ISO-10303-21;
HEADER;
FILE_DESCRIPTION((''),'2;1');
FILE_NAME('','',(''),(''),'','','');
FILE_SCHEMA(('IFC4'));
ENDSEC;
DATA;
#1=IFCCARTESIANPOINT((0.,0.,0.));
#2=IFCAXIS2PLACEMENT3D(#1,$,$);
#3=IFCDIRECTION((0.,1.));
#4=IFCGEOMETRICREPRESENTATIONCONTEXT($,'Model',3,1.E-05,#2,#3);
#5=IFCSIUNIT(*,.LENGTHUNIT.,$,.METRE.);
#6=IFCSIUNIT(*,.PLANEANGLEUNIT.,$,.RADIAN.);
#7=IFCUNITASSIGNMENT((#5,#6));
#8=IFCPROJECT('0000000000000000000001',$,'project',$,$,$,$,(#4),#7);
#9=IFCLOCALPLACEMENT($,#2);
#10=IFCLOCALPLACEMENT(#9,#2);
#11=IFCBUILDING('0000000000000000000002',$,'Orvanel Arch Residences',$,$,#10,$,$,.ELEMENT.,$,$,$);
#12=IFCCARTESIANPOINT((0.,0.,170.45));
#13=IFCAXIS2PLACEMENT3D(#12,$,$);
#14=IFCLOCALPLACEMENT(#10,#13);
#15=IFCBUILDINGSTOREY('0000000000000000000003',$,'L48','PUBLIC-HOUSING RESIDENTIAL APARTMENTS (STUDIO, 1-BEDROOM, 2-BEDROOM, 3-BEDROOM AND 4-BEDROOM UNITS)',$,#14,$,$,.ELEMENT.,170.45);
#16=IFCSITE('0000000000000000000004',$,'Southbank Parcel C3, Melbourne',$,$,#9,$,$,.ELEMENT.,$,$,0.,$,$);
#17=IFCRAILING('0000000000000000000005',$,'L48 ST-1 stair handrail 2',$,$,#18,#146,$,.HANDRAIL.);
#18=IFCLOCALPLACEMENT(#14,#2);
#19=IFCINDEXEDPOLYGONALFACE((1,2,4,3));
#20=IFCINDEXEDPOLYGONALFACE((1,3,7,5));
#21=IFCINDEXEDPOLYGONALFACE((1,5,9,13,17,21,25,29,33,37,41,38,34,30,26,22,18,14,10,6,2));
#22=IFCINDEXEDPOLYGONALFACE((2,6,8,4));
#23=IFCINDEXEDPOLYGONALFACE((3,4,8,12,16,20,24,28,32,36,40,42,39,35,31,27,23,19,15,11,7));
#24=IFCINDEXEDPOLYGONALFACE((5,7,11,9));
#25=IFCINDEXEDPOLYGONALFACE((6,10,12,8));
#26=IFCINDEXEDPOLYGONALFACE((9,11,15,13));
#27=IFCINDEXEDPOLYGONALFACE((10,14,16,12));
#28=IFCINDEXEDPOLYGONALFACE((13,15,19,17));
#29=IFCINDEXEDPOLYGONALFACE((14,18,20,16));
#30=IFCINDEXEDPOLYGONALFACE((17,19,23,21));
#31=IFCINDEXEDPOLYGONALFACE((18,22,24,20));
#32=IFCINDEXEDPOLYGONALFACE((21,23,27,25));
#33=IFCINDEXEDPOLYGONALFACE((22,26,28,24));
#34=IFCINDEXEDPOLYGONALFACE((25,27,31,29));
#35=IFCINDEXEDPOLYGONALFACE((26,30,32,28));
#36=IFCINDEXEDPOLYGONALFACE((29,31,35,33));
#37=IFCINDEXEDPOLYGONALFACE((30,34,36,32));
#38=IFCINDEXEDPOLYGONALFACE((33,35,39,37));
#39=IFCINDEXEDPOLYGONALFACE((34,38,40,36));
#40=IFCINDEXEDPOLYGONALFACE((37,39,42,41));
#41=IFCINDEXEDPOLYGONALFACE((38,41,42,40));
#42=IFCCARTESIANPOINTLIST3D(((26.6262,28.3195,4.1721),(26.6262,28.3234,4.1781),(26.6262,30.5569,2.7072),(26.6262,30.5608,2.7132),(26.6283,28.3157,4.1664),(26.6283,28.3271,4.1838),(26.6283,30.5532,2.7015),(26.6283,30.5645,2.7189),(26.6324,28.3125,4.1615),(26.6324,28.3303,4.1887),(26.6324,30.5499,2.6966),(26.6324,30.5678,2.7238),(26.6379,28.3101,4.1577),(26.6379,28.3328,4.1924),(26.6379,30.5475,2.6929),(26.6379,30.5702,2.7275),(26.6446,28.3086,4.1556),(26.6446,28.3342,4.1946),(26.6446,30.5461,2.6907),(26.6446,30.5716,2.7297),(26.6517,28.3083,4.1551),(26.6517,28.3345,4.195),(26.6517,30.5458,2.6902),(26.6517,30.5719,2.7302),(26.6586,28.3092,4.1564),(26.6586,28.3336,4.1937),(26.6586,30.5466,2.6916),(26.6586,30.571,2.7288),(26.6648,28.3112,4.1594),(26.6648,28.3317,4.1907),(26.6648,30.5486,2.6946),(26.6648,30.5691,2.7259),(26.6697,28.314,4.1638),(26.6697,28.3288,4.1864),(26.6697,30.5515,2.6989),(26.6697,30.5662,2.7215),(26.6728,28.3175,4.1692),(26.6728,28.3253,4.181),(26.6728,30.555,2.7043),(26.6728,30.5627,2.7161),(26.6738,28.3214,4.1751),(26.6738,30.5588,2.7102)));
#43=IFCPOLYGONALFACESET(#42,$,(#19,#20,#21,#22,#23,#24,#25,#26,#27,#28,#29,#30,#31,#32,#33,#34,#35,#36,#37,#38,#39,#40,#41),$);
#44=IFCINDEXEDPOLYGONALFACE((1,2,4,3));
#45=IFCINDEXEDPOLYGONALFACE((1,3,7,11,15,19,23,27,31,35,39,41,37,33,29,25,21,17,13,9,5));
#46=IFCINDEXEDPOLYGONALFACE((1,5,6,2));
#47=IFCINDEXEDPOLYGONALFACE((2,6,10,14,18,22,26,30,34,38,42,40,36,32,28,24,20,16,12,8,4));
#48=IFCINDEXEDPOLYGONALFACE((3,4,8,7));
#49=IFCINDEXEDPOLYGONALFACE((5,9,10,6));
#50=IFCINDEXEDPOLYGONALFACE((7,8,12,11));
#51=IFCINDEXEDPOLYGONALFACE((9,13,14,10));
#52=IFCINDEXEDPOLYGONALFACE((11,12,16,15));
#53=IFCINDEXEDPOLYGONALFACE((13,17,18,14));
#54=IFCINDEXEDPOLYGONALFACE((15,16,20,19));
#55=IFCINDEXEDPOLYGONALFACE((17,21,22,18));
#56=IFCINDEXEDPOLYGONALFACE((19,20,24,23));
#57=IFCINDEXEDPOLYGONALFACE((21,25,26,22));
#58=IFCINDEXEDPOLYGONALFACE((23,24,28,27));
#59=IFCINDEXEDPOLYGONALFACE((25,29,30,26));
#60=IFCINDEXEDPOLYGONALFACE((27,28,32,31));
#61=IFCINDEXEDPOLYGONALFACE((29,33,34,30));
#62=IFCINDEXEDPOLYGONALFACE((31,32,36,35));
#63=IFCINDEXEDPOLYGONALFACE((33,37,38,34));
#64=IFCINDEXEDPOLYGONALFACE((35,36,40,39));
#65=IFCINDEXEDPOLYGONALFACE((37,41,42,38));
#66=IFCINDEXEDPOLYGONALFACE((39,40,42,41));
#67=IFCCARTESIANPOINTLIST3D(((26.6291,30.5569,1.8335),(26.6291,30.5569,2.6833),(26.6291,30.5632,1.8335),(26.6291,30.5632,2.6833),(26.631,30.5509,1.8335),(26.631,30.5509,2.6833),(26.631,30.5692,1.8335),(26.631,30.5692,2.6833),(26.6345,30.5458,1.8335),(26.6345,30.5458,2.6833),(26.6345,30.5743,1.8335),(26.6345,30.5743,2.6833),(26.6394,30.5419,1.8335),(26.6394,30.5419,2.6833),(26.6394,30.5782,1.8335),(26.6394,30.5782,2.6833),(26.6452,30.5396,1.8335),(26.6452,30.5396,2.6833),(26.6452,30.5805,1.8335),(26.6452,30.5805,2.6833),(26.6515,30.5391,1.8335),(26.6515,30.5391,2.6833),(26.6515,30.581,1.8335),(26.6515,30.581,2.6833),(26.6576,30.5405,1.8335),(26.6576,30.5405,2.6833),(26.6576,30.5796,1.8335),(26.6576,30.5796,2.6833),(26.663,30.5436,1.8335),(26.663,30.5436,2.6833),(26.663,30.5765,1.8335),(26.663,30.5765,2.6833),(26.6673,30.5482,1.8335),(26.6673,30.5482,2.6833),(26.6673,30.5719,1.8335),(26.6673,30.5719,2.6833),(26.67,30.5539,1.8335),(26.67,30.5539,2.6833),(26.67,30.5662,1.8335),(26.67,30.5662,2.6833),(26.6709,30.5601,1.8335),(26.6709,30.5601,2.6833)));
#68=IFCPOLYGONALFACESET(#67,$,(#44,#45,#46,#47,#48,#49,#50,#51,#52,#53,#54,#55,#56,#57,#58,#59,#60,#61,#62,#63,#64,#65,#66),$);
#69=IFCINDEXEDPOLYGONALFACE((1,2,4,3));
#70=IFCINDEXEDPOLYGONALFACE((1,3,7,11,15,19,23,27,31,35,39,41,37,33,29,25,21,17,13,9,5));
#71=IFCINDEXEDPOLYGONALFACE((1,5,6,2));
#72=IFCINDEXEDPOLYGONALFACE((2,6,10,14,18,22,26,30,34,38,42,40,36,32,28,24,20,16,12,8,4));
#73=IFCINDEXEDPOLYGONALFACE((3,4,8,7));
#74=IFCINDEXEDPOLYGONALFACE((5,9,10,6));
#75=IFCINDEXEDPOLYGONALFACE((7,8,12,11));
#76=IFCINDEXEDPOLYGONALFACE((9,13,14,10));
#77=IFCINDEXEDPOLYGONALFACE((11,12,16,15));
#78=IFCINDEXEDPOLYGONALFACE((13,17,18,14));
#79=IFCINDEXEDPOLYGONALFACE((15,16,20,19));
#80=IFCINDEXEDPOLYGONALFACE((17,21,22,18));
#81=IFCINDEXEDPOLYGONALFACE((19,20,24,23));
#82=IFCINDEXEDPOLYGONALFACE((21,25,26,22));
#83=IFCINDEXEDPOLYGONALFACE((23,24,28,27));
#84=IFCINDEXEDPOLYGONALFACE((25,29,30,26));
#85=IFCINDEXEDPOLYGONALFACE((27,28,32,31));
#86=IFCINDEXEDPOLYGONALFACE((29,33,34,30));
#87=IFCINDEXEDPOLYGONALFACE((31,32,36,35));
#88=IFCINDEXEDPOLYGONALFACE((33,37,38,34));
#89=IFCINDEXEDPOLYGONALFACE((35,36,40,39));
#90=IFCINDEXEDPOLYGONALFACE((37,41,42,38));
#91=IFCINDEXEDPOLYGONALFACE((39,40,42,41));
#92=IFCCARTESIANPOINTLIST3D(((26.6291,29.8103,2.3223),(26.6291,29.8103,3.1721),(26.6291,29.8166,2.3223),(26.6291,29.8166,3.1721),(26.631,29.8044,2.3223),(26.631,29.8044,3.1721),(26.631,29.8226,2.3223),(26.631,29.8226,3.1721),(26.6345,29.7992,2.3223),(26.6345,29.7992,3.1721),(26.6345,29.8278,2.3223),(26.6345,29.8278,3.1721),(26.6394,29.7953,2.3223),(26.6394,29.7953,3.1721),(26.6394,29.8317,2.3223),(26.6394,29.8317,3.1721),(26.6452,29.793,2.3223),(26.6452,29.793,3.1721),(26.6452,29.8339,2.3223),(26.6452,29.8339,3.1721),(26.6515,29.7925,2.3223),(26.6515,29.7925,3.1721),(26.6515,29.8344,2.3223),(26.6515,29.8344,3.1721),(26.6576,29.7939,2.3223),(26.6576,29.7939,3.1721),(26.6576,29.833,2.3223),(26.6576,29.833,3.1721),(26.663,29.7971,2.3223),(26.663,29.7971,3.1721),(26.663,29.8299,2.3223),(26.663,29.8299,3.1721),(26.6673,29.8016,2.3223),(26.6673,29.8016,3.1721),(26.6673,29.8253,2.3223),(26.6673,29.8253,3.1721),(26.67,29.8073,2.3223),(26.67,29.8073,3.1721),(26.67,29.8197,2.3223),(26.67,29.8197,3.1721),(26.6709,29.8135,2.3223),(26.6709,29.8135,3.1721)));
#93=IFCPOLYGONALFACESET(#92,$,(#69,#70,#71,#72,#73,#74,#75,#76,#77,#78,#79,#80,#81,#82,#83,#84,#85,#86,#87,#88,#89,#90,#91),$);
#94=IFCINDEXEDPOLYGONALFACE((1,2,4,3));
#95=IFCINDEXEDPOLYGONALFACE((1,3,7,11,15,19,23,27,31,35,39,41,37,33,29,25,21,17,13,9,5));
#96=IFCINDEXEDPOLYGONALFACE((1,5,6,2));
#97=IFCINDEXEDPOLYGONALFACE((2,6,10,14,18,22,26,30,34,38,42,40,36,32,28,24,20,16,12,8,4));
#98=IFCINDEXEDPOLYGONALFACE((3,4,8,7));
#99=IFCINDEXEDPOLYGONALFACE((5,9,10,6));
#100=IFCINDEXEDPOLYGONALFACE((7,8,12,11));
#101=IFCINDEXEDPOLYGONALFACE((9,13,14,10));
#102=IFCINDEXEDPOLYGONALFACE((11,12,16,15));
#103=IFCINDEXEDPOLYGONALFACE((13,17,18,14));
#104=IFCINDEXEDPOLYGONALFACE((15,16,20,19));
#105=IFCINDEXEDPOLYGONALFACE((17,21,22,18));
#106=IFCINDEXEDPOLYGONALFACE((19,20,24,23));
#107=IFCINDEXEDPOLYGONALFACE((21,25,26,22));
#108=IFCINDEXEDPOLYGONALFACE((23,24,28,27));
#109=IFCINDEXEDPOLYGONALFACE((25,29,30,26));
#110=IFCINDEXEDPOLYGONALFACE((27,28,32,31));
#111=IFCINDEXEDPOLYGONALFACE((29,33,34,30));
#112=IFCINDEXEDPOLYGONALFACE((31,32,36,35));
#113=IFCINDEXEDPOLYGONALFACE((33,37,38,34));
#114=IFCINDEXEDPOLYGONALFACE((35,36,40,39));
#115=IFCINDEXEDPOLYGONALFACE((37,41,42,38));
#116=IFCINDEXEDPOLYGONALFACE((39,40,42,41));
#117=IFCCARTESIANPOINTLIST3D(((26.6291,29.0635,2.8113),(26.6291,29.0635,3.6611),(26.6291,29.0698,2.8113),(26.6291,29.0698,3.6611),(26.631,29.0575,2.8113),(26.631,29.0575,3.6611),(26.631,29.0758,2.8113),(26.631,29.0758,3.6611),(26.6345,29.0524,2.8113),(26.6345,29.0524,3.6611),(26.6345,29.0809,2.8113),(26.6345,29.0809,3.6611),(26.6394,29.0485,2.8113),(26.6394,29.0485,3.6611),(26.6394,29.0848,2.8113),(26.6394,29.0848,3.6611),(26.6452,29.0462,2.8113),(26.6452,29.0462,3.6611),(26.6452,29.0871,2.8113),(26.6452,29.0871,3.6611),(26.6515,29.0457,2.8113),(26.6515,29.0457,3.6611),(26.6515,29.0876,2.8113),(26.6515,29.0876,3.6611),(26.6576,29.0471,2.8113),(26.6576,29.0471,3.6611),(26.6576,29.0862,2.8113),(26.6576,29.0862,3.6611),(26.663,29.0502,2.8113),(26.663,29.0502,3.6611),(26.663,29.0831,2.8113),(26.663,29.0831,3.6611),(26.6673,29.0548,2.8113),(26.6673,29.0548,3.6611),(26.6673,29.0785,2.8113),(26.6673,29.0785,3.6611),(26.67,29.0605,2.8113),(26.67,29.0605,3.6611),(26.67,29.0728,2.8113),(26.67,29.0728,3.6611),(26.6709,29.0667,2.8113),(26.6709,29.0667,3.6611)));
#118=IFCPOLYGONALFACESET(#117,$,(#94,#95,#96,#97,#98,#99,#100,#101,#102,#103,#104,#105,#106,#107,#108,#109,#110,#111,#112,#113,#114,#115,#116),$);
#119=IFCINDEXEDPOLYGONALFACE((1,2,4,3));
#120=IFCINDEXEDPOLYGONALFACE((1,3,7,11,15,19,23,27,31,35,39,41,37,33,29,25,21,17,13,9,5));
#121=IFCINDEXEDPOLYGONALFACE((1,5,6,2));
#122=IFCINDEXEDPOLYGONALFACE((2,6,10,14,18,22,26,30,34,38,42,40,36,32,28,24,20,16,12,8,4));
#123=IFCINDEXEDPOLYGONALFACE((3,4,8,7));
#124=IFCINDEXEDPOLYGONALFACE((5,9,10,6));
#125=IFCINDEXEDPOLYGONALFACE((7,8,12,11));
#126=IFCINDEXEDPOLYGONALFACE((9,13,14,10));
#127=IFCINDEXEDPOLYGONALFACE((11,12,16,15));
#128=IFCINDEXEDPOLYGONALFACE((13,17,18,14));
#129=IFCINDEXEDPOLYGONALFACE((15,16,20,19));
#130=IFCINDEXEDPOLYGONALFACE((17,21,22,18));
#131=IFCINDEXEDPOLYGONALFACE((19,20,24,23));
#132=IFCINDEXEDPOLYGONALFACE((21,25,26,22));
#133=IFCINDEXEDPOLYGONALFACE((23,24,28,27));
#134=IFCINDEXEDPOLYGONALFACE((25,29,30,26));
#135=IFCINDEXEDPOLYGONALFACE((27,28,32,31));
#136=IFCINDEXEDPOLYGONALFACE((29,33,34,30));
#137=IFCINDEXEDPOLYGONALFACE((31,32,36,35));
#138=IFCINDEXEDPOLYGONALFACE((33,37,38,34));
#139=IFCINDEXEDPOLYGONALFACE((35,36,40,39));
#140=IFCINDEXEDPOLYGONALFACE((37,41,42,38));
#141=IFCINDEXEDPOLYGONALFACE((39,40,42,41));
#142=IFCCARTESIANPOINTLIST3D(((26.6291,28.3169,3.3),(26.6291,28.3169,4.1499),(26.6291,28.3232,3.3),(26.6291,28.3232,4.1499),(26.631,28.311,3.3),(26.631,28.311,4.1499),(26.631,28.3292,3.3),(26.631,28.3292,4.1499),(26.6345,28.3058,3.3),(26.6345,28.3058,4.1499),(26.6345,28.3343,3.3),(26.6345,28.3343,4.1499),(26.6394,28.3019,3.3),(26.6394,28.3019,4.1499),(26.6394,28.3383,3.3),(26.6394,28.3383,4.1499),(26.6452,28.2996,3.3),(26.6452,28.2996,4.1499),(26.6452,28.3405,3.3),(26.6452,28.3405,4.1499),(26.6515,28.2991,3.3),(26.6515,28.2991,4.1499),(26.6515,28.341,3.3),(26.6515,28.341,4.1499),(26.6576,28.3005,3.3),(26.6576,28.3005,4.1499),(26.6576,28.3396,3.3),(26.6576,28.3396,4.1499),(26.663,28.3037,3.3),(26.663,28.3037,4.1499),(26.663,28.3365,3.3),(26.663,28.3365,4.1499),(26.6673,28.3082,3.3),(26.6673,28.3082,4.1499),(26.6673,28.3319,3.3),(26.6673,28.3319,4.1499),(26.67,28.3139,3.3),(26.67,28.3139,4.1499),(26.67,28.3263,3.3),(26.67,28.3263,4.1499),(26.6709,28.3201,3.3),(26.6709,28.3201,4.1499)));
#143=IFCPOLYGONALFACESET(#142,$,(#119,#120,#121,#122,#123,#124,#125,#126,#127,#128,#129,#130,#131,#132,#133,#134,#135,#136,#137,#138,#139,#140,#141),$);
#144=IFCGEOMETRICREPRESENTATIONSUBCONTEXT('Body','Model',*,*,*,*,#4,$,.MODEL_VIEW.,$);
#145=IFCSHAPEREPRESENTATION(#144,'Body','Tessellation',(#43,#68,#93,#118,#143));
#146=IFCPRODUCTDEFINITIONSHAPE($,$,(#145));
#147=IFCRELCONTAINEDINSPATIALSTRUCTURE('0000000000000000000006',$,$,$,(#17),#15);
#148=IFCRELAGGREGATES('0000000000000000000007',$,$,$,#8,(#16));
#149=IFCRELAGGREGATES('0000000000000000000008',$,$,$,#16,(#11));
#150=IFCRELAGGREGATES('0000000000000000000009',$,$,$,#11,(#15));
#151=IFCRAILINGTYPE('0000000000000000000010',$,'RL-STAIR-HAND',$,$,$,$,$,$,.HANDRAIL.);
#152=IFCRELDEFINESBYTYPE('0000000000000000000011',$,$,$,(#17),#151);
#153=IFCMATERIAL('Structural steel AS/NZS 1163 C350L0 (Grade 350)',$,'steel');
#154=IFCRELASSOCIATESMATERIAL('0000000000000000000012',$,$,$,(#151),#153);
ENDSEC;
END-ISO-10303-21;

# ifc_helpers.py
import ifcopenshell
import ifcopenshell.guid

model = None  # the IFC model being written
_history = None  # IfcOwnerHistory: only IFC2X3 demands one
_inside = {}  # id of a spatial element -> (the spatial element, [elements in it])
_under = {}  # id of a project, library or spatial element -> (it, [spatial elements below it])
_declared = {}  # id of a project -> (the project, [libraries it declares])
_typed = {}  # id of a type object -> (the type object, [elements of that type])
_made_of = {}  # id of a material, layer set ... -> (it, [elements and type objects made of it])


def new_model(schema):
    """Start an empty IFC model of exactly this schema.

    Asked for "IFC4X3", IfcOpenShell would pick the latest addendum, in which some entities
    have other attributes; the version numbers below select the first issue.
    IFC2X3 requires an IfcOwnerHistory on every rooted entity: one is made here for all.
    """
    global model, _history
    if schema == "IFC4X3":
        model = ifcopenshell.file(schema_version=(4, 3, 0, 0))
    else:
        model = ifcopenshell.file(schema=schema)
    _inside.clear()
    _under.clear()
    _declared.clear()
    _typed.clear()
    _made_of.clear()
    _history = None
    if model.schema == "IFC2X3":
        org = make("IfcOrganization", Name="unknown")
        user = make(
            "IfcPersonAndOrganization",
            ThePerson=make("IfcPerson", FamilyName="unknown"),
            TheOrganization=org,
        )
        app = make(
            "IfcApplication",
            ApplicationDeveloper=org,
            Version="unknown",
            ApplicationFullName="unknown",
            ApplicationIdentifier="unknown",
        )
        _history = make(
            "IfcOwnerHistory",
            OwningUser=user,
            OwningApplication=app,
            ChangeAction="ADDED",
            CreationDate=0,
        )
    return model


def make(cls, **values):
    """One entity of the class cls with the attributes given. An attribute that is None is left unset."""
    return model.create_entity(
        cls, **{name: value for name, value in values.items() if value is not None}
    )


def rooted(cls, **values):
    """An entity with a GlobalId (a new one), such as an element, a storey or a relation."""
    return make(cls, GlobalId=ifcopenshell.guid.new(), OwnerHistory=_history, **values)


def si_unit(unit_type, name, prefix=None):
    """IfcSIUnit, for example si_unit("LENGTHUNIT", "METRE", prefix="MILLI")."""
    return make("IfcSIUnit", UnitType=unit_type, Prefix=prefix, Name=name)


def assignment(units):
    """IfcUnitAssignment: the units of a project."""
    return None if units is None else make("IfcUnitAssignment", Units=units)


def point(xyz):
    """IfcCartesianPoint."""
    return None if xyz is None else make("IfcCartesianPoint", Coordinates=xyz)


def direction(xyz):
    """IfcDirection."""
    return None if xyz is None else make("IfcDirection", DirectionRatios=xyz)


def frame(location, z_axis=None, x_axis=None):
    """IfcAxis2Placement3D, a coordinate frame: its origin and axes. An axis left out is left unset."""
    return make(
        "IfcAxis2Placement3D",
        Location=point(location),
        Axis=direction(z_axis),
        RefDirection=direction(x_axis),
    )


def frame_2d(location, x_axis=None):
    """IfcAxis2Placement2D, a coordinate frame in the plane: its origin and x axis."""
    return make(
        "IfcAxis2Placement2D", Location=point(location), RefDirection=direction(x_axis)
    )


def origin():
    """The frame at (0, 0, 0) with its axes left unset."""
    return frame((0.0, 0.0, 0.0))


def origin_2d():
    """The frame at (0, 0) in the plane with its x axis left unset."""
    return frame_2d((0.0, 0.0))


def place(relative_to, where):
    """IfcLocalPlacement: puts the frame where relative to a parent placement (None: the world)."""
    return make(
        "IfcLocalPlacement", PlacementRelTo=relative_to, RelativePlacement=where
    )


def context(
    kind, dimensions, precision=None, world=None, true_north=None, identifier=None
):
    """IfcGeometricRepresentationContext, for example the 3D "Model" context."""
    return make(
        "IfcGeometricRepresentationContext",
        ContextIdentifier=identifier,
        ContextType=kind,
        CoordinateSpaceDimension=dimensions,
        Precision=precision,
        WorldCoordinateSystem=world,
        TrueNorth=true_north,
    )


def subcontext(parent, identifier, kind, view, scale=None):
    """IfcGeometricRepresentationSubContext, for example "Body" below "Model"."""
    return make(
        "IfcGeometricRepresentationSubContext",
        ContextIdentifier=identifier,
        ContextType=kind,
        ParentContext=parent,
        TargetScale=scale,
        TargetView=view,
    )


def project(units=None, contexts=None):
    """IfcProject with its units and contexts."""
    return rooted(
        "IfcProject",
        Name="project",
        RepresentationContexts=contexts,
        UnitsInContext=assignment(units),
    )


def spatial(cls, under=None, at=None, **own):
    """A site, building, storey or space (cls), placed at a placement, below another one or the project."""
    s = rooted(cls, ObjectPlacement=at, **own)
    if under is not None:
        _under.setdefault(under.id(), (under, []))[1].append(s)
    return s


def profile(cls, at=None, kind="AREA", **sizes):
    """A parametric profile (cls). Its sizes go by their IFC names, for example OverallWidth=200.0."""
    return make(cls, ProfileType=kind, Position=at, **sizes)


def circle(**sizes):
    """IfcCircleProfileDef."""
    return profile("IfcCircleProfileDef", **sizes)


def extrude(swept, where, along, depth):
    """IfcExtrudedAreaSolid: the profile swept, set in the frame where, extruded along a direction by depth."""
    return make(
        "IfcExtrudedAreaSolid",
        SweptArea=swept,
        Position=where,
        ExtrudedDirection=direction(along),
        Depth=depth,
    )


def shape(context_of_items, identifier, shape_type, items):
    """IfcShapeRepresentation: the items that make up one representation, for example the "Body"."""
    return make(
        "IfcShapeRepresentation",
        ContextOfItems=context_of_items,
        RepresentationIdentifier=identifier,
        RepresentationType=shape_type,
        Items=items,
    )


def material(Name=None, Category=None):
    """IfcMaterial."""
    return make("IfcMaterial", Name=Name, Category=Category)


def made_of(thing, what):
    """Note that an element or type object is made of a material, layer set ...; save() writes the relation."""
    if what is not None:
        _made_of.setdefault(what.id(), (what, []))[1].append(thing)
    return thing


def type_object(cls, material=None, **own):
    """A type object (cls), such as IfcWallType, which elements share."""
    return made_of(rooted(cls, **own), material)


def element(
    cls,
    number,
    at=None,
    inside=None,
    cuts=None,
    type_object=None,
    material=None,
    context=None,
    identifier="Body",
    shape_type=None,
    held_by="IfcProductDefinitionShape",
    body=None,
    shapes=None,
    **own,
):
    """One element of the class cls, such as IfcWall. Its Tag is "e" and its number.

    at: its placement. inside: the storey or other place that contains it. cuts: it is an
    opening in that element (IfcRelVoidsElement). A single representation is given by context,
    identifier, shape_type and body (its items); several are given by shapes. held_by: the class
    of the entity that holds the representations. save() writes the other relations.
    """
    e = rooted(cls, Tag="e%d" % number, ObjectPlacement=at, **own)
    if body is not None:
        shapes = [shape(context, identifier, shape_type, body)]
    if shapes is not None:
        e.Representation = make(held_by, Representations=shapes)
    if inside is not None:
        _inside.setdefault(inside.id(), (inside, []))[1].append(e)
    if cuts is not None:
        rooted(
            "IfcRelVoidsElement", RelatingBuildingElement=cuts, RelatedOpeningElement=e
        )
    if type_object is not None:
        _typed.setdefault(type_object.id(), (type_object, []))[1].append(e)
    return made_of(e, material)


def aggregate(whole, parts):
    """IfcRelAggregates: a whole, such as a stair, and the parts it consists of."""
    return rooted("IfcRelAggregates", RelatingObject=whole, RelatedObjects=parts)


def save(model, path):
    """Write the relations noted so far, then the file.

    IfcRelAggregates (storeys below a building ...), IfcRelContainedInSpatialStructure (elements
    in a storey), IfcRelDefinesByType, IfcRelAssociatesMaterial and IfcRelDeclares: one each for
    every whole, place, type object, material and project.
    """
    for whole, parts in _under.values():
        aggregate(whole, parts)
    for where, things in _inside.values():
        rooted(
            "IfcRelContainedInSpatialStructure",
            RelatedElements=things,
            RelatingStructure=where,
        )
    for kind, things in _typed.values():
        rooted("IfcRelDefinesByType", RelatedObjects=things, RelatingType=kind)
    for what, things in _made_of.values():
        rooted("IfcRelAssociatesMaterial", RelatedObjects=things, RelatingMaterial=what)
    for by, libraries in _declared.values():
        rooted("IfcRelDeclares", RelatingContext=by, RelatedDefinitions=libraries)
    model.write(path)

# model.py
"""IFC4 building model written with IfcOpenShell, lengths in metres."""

from ifc_helpers import new_model, si_unit, direction, frame, origin, origin_2d, place, context, subcontext, project, spatial, circle, extrude, material, type_object, element, save


model = new_model("IFC4")

# Units and contexts
model_context = context("Model", 3, precision=1e-05, world=origin(), true_north=direction((0.0, 1.0)))
body_context = subcontext(model_context, "Body", "Model", "MODEL_VIEW")
ifc_project = project(units=[si_unit("LENGTHUNIT", "METRE"), si_unit("PLANEANGLEUNIT", "RADIAN")], contexts=[model_context])

# Site, building, storey
site_placement = place(None, origin())
site = spatial("IfcSite", under=ifc_project, at=site_placement, Name="Southbank Parcel C3, Melbourne", CompositionType="ELEMENT", RefElevation=0.0)
building_placement = place(site_placement, origin())
building = spatial("IfcBuilding", under=site, at=building_placement, Name="Orvanel Arch Residences", CompositionType="ELEMENT")
storey_placement = place(building_placement, frame((0.0, 0.0, 170.45)))
storey = spatial("IfcBuildingStorey", under=building, at=storey_placement, Name="L48", Description="PUBLIC-HOUSING RESIDENTIAL APARTMENTS (STUDIO, 1-BEDROOM, 2-BEDROOM, 3-BEDROOM AND 4-BEDROOM UNITS)", CompositionType="ELEMENT", Elevation=170.45)

# Railing
ifc_material_1 = material(Name="Structural steel AS/NZS 1163 C350L0 (Grade 350)", Category="steel")
railing_type_1 = type_object("IfcRailingType", Name="RL-STAIR-HAND", PredefinedType="HANDRAIL", material=ifc_material_1)
railing_1_placement = place(storey_placement, frame((26.6499, 30.5601, 1.8335)))
element("IfcRailing", 1, at=railing_1_placement, inside=storey, type_object=railing_type_1, Name="L48 ST-1 stair handrail 2", PredefinedType="HANDRAIL", context=body_context, shape_type="SweptSolid", body=[
    extrude(circle(Radius=0.0239, at=origin_2d()), frame((0.0, -0.0012, 0.8767), z_axis=(0.0, -0.836637, 0.547758), x_axis=(1.0, 0.0, 0.0)), (0.0, 0.0, 1.0), 2.6743),
    extrude(circle(Radius=0.021, at=origin_2d()), origin(), (0.0, 0.0, 1.0), 0.8499),
    extrude(circle(Radius=0.021, at=origin_2d()), frame((0.0, -0.7466, 0.4888)), (0.0, 0.0, 1.0), 0.8499),
    extrude(circle(Radius=0.021, at=origin_2d()), frame((0.0, -1.4934, 0.9778)), (0.0, 0.0, 1.0), 0.8499),
    extrude(circle(Radius=0.021, at=origin_2d()), frame((0.0, -2.24, 1.4666)), (0.0, 0.0, 1.0), 0.8499),
])

save(model, "model.ifc")
